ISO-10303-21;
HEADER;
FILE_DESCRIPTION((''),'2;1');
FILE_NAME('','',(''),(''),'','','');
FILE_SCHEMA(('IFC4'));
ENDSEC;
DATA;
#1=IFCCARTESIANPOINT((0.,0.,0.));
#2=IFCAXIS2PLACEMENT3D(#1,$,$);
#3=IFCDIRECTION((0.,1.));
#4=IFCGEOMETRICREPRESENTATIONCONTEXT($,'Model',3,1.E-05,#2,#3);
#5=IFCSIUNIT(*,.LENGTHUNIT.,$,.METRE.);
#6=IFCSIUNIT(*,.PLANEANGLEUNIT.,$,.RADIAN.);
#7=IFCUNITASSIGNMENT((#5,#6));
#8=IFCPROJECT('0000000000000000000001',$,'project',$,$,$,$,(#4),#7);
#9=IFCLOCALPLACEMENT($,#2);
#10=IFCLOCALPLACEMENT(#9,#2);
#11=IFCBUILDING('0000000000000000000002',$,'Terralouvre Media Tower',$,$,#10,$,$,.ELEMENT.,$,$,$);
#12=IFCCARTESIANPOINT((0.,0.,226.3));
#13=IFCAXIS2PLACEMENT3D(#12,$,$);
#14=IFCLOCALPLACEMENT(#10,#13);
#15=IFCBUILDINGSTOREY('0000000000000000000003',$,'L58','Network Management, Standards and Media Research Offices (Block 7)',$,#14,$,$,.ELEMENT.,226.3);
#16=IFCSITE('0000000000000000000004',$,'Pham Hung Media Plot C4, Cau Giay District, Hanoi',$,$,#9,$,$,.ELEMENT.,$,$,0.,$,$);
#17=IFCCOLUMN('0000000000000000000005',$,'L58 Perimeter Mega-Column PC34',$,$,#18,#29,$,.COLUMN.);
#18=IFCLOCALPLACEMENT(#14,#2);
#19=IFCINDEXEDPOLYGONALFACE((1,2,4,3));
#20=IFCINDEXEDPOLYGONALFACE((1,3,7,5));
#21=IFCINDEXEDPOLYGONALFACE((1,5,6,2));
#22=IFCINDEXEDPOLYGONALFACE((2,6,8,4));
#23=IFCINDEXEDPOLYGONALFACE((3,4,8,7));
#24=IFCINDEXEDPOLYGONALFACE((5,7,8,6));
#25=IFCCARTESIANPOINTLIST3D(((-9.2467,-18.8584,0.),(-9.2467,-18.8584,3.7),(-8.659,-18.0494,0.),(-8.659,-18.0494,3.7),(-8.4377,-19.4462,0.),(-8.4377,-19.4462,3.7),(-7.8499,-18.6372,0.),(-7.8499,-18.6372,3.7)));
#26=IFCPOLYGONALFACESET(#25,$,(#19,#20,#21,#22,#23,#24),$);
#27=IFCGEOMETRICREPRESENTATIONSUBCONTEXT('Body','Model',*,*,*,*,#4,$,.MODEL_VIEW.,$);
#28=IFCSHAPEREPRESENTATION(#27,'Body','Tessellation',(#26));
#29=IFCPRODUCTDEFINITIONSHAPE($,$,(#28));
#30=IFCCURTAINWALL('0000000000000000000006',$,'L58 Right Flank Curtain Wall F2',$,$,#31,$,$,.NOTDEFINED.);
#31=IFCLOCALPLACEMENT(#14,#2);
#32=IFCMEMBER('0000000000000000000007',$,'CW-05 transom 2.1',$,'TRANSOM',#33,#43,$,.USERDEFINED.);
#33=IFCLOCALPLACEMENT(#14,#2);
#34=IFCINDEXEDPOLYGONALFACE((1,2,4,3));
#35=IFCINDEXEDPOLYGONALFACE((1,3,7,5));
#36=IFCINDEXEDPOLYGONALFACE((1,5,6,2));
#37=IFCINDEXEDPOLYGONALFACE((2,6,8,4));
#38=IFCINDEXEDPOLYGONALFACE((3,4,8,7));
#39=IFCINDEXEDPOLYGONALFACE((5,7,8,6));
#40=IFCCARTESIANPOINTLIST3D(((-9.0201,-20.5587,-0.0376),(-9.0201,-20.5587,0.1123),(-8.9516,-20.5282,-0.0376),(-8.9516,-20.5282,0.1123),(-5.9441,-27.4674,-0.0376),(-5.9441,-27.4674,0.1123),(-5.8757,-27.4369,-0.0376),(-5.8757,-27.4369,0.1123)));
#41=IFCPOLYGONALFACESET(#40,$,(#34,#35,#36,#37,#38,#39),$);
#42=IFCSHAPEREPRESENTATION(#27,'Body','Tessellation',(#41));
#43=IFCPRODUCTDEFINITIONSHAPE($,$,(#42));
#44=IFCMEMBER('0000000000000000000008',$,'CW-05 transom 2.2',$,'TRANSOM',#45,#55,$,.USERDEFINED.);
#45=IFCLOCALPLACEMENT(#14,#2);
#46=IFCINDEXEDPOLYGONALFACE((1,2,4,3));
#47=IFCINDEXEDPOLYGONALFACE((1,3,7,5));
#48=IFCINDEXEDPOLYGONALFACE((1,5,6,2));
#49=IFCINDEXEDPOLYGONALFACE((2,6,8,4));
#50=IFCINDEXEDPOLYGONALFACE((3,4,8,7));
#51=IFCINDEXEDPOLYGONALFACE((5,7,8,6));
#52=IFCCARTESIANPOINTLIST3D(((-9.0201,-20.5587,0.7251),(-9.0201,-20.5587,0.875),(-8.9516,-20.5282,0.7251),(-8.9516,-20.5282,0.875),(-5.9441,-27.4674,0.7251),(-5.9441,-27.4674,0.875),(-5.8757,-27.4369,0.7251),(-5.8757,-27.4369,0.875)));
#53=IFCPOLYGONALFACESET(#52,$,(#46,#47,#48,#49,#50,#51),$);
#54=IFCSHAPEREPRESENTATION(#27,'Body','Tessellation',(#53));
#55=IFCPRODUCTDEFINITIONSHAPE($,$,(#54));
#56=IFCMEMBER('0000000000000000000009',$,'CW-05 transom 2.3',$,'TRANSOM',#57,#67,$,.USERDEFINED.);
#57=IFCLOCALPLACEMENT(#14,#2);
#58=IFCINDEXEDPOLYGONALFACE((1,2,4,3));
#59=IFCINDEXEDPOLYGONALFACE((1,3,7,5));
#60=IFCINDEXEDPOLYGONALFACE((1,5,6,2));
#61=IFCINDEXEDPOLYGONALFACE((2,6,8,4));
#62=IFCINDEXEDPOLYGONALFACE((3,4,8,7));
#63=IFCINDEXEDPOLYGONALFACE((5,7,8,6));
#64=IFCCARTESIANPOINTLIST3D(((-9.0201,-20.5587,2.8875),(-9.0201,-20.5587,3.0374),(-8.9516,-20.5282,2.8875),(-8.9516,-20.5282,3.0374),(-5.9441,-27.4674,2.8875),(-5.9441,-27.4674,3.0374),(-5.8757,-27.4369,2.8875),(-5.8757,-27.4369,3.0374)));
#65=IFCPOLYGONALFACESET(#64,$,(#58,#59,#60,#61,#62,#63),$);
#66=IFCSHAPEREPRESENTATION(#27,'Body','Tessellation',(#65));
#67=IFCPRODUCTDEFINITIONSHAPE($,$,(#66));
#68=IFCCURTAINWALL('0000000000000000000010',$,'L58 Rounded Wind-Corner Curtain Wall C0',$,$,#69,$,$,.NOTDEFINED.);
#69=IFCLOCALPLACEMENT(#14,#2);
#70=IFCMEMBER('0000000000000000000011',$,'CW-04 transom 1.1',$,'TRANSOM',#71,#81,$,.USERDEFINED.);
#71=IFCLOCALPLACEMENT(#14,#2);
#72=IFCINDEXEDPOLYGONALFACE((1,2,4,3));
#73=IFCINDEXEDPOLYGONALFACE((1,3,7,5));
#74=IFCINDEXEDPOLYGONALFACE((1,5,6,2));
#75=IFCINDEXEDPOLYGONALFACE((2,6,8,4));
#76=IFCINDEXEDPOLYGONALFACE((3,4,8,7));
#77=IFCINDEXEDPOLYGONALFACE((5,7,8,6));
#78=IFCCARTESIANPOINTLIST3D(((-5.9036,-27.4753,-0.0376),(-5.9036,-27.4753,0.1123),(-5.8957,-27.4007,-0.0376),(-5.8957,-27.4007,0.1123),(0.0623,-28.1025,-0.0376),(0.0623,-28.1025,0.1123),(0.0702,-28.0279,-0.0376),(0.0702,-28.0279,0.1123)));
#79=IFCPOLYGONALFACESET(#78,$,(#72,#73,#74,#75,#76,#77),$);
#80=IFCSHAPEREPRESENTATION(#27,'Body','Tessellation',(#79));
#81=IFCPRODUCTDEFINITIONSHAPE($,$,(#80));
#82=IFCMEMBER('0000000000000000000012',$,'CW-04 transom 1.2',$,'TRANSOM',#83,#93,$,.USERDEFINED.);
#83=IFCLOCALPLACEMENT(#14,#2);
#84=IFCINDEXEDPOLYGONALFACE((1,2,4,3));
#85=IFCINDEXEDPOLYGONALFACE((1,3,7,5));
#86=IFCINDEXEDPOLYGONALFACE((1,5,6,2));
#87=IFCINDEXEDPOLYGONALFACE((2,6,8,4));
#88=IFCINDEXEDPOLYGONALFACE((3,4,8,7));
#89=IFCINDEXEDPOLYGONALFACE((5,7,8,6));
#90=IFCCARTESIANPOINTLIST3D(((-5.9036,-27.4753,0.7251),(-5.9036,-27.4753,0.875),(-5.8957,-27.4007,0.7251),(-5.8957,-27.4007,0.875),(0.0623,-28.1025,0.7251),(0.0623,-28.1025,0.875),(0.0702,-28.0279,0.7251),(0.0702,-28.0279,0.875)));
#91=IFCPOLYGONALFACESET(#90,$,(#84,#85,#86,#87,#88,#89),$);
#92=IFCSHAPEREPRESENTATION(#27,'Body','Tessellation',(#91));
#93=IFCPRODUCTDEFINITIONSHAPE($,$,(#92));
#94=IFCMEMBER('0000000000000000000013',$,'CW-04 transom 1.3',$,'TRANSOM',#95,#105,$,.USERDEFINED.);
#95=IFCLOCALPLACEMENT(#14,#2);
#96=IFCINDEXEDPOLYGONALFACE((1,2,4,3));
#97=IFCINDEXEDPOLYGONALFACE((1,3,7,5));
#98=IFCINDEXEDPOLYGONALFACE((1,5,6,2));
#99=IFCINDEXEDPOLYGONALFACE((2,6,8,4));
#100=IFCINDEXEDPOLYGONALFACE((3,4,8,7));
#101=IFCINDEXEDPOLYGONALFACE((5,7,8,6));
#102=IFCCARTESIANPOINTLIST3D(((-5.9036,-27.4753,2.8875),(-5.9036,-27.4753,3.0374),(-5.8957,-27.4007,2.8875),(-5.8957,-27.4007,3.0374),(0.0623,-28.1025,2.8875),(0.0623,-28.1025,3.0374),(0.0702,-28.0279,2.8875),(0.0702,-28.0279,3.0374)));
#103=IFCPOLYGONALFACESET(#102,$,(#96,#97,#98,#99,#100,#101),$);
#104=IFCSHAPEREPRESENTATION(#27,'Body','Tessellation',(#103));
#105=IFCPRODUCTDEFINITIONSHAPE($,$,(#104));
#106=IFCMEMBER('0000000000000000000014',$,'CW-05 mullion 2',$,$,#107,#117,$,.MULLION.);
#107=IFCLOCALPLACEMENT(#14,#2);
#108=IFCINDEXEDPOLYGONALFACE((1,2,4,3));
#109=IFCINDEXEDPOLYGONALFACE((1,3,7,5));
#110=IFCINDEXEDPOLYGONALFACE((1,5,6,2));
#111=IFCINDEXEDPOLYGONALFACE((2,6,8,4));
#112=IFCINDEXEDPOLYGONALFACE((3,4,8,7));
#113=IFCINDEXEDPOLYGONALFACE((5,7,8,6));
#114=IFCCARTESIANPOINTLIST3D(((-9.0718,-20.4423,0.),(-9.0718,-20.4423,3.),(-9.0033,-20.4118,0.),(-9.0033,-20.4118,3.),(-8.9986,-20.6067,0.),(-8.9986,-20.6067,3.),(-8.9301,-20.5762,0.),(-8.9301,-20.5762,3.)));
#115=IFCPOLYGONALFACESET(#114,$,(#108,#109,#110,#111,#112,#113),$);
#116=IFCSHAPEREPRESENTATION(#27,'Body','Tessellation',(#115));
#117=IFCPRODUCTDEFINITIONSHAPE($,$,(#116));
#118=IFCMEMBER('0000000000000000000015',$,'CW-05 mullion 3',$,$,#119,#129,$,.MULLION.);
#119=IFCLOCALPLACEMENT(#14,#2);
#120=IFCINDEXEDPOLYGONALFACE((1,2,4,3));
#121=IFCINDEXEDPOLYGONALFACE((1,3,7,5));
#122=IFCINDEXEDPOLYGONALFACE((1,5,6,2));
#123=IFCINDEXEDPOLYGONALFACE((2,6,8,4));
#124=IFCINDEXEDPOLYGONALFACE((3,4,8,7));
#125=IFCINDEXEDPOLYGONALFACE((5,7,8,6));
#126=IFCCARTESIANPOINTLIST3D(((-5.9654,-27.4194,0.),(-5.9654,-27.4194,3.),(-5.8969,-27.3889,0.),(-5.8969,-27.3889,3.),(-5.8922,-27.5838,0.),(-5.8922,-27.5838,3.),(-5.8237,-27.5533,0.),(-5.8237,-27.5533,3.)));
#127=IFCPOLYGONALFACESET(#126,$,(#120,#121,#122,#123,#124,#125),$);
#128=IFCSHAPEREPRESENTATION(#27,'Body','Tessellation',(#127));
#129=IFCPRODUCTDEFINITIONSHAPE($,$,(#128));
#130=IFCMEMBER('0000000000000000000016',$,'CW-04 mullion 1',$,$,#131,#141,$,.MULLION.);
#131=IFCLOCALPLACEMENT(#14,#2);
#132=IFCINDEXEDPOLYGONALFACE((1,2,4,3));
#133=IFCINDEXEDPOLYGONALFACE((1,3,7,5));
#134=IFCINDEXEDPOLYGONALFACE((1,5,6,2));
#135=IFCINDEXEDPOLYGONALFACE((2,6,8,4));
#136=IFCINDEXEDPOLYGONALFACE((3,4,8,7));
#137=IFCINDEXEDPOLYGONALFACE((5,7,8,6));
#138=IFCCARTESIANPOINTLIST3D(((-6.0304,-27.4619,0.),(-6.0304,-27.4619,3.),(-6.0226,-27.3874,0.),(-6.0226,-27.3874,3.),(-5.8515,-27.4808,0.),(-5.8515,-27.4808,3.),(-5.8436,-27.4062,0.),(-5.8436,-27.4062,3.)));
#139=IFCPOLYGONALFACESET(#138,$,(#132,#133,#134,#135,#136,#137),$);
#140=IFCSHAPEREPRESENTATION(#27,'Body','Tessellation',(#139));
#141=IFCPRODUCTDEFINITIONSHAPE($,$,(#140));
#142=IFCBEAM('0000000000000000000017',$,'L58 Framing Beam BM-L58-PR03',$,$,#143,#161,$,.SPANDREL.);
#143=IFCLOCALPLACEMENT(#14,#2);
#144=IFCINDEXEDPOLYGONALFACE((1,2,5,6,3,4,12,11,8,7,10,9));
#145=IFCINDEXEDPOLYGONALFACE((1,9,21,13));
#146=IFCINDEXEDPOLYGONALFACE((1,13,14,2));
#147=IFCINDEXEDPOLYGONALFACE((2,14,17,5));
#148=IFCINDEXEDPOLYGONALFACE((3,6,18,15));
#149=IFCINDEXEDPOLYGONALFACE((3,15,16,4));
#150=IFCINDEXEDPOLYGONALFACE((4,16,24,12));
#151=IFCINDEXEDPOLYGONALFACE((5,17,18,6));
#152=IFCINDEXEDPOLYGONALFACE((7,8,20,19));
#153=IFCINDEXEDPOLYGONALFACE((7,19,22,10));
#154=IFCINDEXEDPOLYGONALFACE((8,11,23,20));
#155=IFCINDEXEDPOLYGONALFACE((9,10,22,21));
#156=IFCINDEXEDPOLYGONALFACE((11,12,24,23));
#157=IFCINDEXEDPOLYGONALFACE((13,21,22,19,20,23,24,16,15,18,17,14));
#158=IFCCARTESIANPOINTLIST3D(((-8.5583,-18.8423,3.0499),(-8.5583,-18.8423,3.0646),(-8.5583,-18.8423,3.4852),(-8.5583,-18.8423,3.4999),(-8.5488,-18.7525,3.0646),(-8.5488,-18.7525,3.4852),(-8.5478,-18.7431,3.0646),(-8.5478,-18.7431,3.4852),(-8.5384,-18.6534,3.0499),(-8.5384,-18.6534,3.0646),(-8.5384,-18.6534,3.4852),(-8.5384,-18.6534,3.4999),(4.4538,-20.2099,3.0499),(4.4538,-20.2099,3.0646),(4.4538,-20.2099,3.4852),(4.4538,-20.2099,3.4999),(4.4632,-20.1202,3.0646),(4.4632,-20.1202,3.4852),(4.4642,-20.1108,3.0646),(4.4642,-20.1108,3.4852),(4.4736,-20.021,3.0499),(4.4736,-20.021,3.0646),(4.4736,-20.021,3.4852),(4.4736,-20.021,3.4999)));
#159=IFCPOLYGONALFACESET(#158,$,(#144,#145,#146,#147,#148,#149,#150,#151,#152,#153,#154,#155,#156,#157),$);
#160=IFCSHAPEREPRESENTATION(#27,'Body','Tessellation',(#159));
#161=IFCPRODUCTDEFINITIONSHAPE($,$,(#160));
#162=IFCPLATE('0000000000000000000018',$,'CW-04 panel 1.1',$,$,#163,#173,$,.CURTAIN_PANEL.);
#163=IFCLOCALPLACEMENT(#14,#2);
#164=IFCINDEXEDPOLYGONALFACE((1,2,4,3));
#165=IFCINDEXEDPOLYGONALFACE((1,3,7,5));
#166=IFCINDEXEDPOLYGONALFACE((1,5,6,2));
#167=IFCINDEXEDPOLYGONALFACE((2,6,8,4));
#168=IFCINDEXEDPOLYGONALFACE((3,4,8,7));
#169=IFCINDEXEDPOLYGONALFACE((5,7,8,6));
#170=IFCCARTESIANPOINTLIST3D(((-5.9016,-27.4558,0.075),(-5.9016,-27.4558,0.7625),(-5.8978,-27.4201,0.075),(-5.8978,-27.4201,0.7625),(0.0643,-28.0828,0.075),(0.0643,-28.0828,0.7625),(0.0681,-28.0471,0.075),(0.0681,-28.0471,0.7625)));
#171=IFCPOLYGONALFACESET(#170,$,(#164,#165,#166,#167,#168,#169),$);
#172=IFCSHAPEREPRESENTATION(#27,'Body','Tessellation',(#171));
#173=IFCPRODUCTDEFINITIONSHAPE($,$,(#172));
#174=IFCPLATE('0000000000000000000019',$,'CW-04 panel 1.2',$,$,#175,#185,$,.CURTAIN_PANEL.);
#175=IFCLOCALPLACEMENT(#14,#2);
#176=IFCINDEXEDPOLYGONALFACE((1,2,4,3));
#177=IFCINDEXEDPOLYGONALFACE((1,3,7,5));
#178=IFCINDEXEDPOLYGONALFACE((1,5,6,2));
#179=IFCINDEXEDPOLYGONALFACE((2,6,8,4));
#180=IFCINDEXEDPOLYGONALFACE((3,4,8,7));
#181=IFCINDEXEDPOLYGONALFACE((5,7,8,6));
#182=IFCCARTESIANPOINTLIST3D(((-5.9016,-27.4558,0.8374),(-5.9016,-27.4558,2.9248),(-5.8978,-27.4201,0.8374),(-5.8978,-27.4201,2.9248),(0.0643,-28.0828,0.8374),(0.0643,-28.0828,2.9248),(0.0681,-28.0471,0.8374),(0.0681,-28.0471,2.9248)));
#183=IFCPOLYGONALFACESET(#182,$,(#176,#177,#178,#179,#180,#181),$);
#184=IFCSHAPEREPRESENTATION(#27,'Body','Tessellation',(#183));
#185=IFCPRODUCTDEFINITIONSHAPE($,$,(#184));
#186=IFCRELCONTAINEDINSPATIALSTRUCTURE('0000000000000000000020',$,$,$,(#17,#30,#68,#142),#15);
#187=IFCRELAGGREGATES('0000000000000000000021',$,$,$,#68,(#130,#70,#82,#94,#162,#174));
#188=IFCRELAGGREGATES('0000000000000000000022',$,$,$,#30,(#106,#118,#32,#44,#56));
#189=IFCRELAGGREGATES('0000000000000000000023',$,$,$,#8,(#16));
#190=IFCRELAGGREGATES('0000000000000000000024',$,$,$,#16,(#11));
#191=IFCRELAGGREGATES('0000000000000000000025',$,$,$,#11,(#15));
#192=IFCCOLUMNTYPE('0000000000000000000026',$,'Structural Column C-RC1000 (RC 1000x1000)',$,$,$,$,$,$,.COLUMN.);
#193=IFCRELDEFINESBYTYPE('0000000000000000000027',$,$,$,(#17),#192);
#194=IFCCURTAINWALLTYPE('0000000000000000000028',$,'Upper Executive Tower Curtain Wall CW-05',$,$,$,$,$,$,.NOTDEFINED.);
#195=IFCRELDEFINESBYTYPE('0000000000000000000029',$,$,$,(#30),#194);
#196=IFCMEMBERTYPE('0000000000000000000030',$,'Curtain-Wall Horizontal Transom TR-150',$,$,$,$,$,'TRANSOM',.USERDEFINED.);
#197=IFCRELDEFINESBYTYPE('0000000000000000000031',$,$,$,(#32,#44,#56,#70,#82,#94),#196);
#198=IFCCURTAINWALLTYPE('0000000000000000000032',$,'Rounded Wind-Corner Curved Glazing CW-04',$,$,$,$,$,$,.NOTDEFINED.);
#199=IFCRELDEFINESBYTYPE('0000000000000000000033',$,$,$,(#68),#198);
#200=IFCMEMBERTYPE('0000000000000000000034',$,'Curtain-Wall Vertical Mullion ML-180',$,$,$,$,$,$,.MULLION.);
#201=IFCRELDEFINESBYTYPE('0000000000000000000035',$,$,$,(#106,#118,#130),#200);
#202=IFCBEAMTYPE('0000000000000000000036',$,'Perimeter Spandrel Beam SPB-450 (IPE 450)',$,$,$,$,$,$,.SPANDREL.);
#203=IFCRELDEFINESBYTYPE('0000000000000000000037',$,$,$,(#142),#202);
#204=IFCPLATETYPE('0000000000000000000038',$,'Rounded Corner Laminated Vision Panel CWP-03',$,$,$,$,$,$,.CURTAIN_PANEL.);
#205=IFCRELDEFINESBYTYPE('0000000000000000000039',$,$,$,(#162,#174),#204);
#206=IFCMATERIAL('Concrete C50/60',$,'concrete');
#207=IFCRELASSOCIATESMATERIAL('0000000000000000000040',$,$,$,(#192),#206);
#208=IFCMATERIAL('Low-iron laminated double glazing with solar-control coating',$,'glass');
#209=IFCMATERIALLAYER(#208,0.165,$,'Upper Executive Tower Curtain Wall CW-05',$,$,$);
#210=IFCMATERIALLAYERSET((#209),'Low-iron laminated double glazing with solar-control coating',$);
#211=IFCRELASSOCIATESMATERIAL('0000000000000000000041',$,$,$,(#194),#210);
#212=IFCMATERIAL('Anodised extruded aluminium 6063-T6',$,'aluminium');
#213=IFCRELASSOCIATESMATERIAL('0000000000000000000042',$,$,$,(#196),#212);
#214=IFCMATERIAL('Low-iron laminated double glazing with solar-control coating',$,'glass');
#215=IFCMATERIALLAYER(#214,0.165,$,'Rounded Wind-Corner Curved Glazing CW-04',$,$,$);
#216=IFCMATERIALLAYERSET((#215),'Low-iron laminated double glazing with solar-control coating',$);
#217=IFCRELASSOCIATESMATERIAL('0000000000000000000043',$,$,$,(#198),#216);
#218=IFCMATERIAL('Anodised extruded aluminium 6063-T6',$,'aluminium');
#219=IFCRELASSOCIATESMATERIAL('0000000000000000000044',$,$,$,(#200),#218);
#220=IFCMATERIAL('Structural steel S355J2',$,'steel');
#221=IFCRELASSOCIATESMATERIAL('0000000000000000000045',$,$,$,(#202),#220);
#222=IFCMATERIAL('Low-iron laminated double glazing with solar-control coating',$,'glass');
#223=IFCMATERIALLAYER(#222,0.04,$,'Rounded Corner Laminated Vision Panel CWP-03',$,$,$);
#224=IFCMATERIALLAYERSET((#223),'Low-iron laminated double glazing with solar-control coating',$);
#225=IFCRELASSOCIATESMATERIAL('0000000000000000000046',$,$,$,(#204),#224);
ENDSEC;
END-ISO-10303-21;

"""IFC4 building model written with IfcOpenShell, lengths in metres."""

from ifc_helpers import new_model, si_unit, direction, frame, origin, origin_2d, place, context, subcontext, project, spatial, rectangle, i_section, extrude, material, layer, layer_set, material_profile, profile_set, type_object, element, aggregate, save


model = new_model("IFC4")

# Units and contexts
model_context = context("Model", 3, precision=1e-05, world=origin(), true_north=direction((0.0, 1.0)))
body_context = subcontext(model_context, "Body", "Model", "MODEL_VIEW")
ifc_project = project(units=[si_unit("LENGTHUNIT", "METRE"), si_unit("PLANEANGLEUNIT", "RADIAN")], contexts=[model_context])

# Site, building, storey
site_placement = place(None, origin())
site = spatial("IfcSite", under=ifc_project, at=site_placement, Name="Pham Hung Media Plot C4, Cau Giay District, Hanoi", CompositionType="ELEMENT", RefElevation=0.0)
building_placement = place(site_placement, origin())
building = spatial("IfcBuilding", under=site, at=building_placement, Name="Terralouvre Media Tower", CompositionType="ELEMENT")
storey_placement = place(building_placement, frame((0.0, 0.0, 226.3)))
storey = spatial("IfcBuildingStorey", under=building, at=storey_placement, Name="L58", Description="Network Management, Standards and Media Research Offices (Block 7)", CompositionType="ELEMENT", Elevation=226.3)

# Column
ifc_material_1 = material(Name="Concrete C50/60", Category="concrete")
ifc_material_profile_1 = material_profile(ifc_material_1, rectangle(XDim=1.0, YDim=1.0, at=origin_2d()), Name="RC 1000x1000")
ifc_profile_set_1 = profile_set([ifc_material_profile_1], Name="Concrete C50/60")
column_type = type_object("IfcColumnType", Name="Structural Column C-RC1000 (RC 1000x1000)", PredefinedType="COLUMN", material=ifc_profile_set_1)
column_placement = place(storey_placement, frame((-8.5483, -18.7478, 0.0), z_axis=(0.0, 0.0, 1.0), x_axis=(0.587785, 0.809017, 0.0)))
element("IfcColumn", 1, at=column_placement, inside=storey, type_object=column_type, Name="L58 Perimeter Mega-Column PC34", PredefinedType="COLUMN", context=body_context, shape_type="SweptSolid", body=[
    extrude(rectangle(XDim=1.0, YDim=1.0, at=origin_2d()), origin(), (0.0, 0.0, 1.0), 3.7),
])

# Curtain walls, members
ifc_material_2 = material(Name="Low-iron laminated double glazing with solar-control coating", Category="glass")
ifc_layer_1 = layer(ifc_material_2, 0.165, Name="Upper Executive Tower Curtain Wall CW-05")
ifc_layer_set_1 = layer_set([ifc_layer_1], Name="Low-iron laminated double glazing with solar-control coating")
curtain_wall_type_1 = type_object("IfcCurtainWallType", Name="Upper Executive Tower Curtain Wall CW-05", PredefinedType="NOTDEFINED", material=ifc_layer_set_1)
curtain_wall_1_placement = place(storey_placement, origin())
curtain_wall_1 = element("IfcCurtainWall", 2, at=curtain_wall_1_placement, inside=storey, type_object=curtain_wall_type_1, Name="L58 Right Flank Curtain Wall F2", PredefinedType="NOTDEFINED")
ifc_material_3 = material(Name="Anodised extruded aluminium 6063-T6", Category="aluminium")
ifc_material_profile_2 = material_profile(ifc_material_3, rectangle(XDim=0.075, YDim=0.1499, at=origin_2d()), Name="ALU 75x150")
ifc_profile_set_2 = profile_set([ifc_material_profile_2], Name="Anodised extruded aluminium 6063-T6")
member_type_1 = type_object("IfcMemberType", Name="Curtain-Wall Horizontal Transom TR-150", ElementType="TRANSOM", PredefinedType="USERDEFINED", material=ifc_profile_set_2)
member_1_placement = place(storey_placement, frame((-8.9858, -20.5435, 0.0374), z_axis=(0.406734, -0.913546, 0.0), x_axis=(0.913546, 0.406734, 0.0)))
member_1 = element("IfcMember", 3, at=member_1_placement, type_object=member_type_1, Name="CW-05 transom 2.1", ObjectType="TRANSOM", PredefinedType="USERDEFINED", context=body_context, shape_type="SweptSolid", body=[
    extrude(rectangle(XDim=0.075, YDim=0.1499, at=origin_2d()), origin(), (0.0, 0.0, 1.0), 7.5625),
])
member_2_placement = place(storey_placement, frame((-8.9858, -20.5435, 0.8), z_axis=(0.406734, -0.913546, 0.0), x_axis=(0.913546, 0.406734, 0.0)))
member_2 = element("IfcMember", 4, at=member_2_placement, type_object=member_type_1, Name="CW-05 transom 2.2", ObjectType="TRANSOM", PredefinedType="USERDEFINED", context=body_context, shape_type="SweptSolid", body=[
    extrude(rectangle(XDim=0.075, YDim=0.1499, at=origin_2d()), origin(), (0.0, 0.0, 1.0), 7.5625),
])
member_3_placement = place(storey_placement, frame((-8.9858, -20.5435, 2.9624), z_axis=(0.406734, -0.913546, 0.0), x_axis=(0.913546, 0.406734, 0.0)))
member_3 = element("IfcMember", 5, at=member_3_placement, type_object=member_type_1, Name="CW-05 transom 2.3", ObjectType="TRANSOM", PredefinedType="USERDEFINED", context=body_context, shape_type="SweptSolid", body=[
    extrude(rectangle(XDim=0.075, YDim=0.1499, at=origin_2d()), origin(), (0.0, 0.0, 1.0), 7.5625),
])
ifc_material_4 = material(Name="Low-iron laminated double glazing with solar-control coating", Category="glass")
ifc_layer_2 = layer(ifc_material_4, 0.165, Name="Rounded Wind-Corner Curved Glazing CW-04")
ifc_layer_set_2 = layer_set([ifc_layer_2], Name="Low-iron laminated double glazing with solar-control coating")
curtain_wall_type_2 = type_object("IfcCurtainWallType", Name="Rounded Wind-Corner Curved Glazing CW-04", PredefinedType="NOTDEFINED", material=ifc_layer_set_2)
curtain_wall_2_placement = place(storey_placement, origin())
curtain_wall_2 = element("IfcCurtainWall", 6, at=curtain_wall_2_placement, inside=storey, type_object=curtain_wall_type_2, Name="L58 Rounded Wind-Corner Curtain Wall C0", PredefinedType="NOTDEFINED")
member_4_placement = place(storey_placement, frame((-5.8997, -27.438, 0.0374), z_axis=(0.994519, -0.104556, 0.0), x_axis=(0.104556, 0.994519, 0.0)))
member_4 = element("IfcMember", 7, at=member_4_placement, type_object=member_type_1, Name="CW-04 transom 1.1", ObjectType="TRANSOM", PredefinedType="USERDEFINED", context=body_context, shape_type="SweptSolid", body=[
    extrude(rectangle(XDim=0.075, YDim=0.1499, at=origin_2d()), origin(), (0.0, 0.0, 1.0), 5.9988),
])
member_5_placement = place(storey_placement, frame((-5.8997, -27.438, 0.8), z_axis=(0.994519, -0.104556, 0.0), x_axis=(0.104556, 0.994519, 0.0)))
member_5 = element("IfcMember", 8, at=member_5_placement, type_object=member_type_1, Name="CW-04 transom 1.2", ObjectType="TRANSOM", PredefinedType="USERDEFINED", context=body_context, shape_type="SweptSolid", body=[
    extrude(rectangle(XDim=0.075, YDim=0.1499, at=origin_2d()), origin(), (0.0, 0.0, 1.0), 5.9988),
])
member_6_placement = place(storey_placement, frame((-5.8997, -27.438, 2.9624), z_axis=(0.994519, -0.104556, 0.0), x_axis=(0.104556, 0.994519, 0.0)))
member_6 = element("IfcMember", 9, at=member_6_placement, type_object=member_type_1, Name="CW-04 transom 1.3", ObjectType="TRANSOM", PredefinedType="USERDEFINED", context=body_context, shape_type="SweptSolid", body=[
    extrude(rectangle(XDim=0.075, YDim=0.1499, at=origin_2d()), origin(), (0.0, 0.0, 1.0), 5.9988),
])

# Members
ifc_material_5 = material(Name="Anodised extruded aluminium 6063-T6", Category="aluminium")
ifc_material_profile_3 = material_profile(ifc_material_5, rectangle(XDim=0.075, YDim=0.1799, at=origin_2d()), Name="ALU 75x180")
ifc_profile_set_3 = profile_set([ifc_material_profile_3], Name="Anodised extruded aluminium 6063-T6")
member_type_2 = type_object("IfcMemberType", Name="Curtain-Wall Vertical Mullion ML-180", PredefinedType="MULLION", material=ifc_profile_set_3)
member_7_placement = place(storey_placement, frame((-9.001, -20.5093, 0.0), z_axis=(0.0, 0.0, 1.0), x_axis=(0.913546, 0.406736, 0.0)))
member_7 = element("IfcMember", 10, at=member_7_placement, type_object=member_type_2, Name="CW-05 mullion 2", PredefinedType="MULLION", context=body_context, shape_type="SweptSolid", body=[
    extrude(rectangle(XDim=0.075, YDim=0.1799, at=origin_2d()), origin(), (0.0, 0.0, 1.0), 3.0),
])
member_8_placement = place(storey_placement, frame((-5.8945, -27.4863, 0.0), z_axis=(0.0, 0.0, 1.0), x_axis=(0.913546, 0.406736, 0.0)))
member_8 = element("IfcMember", 11, at=member_8_placement, type_object=member_type_2, Name="CW-05 mullion 3", PredefinedType="MULLION", context=body_context, shape_type="SweptSolid", body=[
    extrude(rectangle(XDim=0.075, YDim=0.1799, at=origin_2d()), origin(), (0.0, 0.0, 1.0), 3.0),
])
member_9_placement = place(storey_placement, frame((-5.937, -27.4341, 0.0), z_axis=(0.0, 0.0, 1.0), x_axis=(0.104528, 0.994522, 0.0)))
member_9 = element("IfcMember", 12, at=member_9_placement, type_object=member_type_2, Name="CW-04 mullion 1", PredefinedType="MULLION", context=body_context, shape_type="SweptSolid", body=[
    extrude(rectangle(XDim=0.075, YDim=0.1799, at=origin_2d()), origin(), (0.0, 0.0, 1.0), 3.0),
])

# Beam
ifc_material_6 = material(Name="Structural steel S355J2", Category="steel")
ifc_material_profile_4 = material_profile(ifc_material_6, i_section(OverallWidth=0.1899, OverallDepth=0.45, WebThickness=0.0095, FlangeThickness=0.0146, at=origin_2d()), Name="IPE 450")
ifc_profile_set_4 = profile_set([ifc_material_profile_4], Name="Structural steel S355J2")
beam_type = type_object("IfcBeamType", Name="Perimeter Spandrel Beam SPB-450 (IPE 450)", PredefinedType="SPANDREL", material=ifc_profile_set_4)
beam_placement = place(storey_placement, frame((-8.5483, -18.7478, 3.2749), z_axis=(0.994521, -0.104533, 0.0), x_axis=(0.104533, 0.994521, 0.0)))
element("IfcBeam", 13, at=beam_placement, inside=storey, type_object=beam_type, Name="L58 Framing Beam BM-L58-PR03", PredefinedType="SPANDREL", context=body_context, shape_type="SweptSolid", body=[
    extrude(i_section(OverallWidth=0.1899, OverallDepth=0.45, WebThickness=0.0095, FlangeThickness=0.0146, at=origin_2d()), origin(), (0.0, 0.0, 1.0), 13.0837),
])

# Plates
ifc_material_7 = material(Name="Low-iron laminated double glazing with solar-control coating", Category="glass")
ifc_layer_3 = layer(ifc_material_7, 0.04, Name="Rounded Corner Laminated Vision Panel CWP-03")
ifc_layer_set_3 = layer_set([ifc_layer_3], Name="Low-iron laminated double glazing with solar-control coating")
plate_type_1 = type_object("IfcPlateType", Name="Rounded Corner Laminated Vision Panel CWP-03", PredefinedType="CURTAIN_PANEL", material=ifc_layer_set_3)
plate_1_placement = place(storey_placement, frame((-2.9167, -27.7515, 0.075), z_axis=(0.0, 0.0, 1.0), x_axis=(0.994522, -0.104528, 0.0)))
plate_1 = element("IfcPlate", 14, at=plate_1_placement, type_object=plate_type_1, Name="CW-04 panel 1.1", PredefinedType="CURTAIN_PANEL", context=body_context, shape_type="SweptSolid", body=[
    extrude(rectangle(XDim=5.9988, YDim=0.0359, at=origin_2d()), origin(), (0.0, 0.0, 1.0), 0.6875),
])
plate_2_placement = place(storey_placement, frame((-2.9167, -27.7515, 0.8374), z_axis=(0.0, 0.0, 1.0), x_axis=(0.994522, -0.104528, 0.0)))
plate_2 = element("IfcPlate", 15, at=plate_2_placement, type_object=plate_type_1, Name="CW-04 panel 1.2", PredefinedType="CURTAIN_PANEL", context=body_context, shape_type="SweptSolid", body=[
    extrude(rectangle(XDim=5.9988, YDim=0.0359, at=origin_2d()), origin(), (0.0, 0.0, 1.0), 2.0874),
])
aggregate(curtain_wall_2, [member_9, member_4, member_5, member_6, plate_1, plate_2])
aggregate(curtain_wall_1, [member_7, member_8, member_1, member_2, member_3])

save(model, "model.ifc")
